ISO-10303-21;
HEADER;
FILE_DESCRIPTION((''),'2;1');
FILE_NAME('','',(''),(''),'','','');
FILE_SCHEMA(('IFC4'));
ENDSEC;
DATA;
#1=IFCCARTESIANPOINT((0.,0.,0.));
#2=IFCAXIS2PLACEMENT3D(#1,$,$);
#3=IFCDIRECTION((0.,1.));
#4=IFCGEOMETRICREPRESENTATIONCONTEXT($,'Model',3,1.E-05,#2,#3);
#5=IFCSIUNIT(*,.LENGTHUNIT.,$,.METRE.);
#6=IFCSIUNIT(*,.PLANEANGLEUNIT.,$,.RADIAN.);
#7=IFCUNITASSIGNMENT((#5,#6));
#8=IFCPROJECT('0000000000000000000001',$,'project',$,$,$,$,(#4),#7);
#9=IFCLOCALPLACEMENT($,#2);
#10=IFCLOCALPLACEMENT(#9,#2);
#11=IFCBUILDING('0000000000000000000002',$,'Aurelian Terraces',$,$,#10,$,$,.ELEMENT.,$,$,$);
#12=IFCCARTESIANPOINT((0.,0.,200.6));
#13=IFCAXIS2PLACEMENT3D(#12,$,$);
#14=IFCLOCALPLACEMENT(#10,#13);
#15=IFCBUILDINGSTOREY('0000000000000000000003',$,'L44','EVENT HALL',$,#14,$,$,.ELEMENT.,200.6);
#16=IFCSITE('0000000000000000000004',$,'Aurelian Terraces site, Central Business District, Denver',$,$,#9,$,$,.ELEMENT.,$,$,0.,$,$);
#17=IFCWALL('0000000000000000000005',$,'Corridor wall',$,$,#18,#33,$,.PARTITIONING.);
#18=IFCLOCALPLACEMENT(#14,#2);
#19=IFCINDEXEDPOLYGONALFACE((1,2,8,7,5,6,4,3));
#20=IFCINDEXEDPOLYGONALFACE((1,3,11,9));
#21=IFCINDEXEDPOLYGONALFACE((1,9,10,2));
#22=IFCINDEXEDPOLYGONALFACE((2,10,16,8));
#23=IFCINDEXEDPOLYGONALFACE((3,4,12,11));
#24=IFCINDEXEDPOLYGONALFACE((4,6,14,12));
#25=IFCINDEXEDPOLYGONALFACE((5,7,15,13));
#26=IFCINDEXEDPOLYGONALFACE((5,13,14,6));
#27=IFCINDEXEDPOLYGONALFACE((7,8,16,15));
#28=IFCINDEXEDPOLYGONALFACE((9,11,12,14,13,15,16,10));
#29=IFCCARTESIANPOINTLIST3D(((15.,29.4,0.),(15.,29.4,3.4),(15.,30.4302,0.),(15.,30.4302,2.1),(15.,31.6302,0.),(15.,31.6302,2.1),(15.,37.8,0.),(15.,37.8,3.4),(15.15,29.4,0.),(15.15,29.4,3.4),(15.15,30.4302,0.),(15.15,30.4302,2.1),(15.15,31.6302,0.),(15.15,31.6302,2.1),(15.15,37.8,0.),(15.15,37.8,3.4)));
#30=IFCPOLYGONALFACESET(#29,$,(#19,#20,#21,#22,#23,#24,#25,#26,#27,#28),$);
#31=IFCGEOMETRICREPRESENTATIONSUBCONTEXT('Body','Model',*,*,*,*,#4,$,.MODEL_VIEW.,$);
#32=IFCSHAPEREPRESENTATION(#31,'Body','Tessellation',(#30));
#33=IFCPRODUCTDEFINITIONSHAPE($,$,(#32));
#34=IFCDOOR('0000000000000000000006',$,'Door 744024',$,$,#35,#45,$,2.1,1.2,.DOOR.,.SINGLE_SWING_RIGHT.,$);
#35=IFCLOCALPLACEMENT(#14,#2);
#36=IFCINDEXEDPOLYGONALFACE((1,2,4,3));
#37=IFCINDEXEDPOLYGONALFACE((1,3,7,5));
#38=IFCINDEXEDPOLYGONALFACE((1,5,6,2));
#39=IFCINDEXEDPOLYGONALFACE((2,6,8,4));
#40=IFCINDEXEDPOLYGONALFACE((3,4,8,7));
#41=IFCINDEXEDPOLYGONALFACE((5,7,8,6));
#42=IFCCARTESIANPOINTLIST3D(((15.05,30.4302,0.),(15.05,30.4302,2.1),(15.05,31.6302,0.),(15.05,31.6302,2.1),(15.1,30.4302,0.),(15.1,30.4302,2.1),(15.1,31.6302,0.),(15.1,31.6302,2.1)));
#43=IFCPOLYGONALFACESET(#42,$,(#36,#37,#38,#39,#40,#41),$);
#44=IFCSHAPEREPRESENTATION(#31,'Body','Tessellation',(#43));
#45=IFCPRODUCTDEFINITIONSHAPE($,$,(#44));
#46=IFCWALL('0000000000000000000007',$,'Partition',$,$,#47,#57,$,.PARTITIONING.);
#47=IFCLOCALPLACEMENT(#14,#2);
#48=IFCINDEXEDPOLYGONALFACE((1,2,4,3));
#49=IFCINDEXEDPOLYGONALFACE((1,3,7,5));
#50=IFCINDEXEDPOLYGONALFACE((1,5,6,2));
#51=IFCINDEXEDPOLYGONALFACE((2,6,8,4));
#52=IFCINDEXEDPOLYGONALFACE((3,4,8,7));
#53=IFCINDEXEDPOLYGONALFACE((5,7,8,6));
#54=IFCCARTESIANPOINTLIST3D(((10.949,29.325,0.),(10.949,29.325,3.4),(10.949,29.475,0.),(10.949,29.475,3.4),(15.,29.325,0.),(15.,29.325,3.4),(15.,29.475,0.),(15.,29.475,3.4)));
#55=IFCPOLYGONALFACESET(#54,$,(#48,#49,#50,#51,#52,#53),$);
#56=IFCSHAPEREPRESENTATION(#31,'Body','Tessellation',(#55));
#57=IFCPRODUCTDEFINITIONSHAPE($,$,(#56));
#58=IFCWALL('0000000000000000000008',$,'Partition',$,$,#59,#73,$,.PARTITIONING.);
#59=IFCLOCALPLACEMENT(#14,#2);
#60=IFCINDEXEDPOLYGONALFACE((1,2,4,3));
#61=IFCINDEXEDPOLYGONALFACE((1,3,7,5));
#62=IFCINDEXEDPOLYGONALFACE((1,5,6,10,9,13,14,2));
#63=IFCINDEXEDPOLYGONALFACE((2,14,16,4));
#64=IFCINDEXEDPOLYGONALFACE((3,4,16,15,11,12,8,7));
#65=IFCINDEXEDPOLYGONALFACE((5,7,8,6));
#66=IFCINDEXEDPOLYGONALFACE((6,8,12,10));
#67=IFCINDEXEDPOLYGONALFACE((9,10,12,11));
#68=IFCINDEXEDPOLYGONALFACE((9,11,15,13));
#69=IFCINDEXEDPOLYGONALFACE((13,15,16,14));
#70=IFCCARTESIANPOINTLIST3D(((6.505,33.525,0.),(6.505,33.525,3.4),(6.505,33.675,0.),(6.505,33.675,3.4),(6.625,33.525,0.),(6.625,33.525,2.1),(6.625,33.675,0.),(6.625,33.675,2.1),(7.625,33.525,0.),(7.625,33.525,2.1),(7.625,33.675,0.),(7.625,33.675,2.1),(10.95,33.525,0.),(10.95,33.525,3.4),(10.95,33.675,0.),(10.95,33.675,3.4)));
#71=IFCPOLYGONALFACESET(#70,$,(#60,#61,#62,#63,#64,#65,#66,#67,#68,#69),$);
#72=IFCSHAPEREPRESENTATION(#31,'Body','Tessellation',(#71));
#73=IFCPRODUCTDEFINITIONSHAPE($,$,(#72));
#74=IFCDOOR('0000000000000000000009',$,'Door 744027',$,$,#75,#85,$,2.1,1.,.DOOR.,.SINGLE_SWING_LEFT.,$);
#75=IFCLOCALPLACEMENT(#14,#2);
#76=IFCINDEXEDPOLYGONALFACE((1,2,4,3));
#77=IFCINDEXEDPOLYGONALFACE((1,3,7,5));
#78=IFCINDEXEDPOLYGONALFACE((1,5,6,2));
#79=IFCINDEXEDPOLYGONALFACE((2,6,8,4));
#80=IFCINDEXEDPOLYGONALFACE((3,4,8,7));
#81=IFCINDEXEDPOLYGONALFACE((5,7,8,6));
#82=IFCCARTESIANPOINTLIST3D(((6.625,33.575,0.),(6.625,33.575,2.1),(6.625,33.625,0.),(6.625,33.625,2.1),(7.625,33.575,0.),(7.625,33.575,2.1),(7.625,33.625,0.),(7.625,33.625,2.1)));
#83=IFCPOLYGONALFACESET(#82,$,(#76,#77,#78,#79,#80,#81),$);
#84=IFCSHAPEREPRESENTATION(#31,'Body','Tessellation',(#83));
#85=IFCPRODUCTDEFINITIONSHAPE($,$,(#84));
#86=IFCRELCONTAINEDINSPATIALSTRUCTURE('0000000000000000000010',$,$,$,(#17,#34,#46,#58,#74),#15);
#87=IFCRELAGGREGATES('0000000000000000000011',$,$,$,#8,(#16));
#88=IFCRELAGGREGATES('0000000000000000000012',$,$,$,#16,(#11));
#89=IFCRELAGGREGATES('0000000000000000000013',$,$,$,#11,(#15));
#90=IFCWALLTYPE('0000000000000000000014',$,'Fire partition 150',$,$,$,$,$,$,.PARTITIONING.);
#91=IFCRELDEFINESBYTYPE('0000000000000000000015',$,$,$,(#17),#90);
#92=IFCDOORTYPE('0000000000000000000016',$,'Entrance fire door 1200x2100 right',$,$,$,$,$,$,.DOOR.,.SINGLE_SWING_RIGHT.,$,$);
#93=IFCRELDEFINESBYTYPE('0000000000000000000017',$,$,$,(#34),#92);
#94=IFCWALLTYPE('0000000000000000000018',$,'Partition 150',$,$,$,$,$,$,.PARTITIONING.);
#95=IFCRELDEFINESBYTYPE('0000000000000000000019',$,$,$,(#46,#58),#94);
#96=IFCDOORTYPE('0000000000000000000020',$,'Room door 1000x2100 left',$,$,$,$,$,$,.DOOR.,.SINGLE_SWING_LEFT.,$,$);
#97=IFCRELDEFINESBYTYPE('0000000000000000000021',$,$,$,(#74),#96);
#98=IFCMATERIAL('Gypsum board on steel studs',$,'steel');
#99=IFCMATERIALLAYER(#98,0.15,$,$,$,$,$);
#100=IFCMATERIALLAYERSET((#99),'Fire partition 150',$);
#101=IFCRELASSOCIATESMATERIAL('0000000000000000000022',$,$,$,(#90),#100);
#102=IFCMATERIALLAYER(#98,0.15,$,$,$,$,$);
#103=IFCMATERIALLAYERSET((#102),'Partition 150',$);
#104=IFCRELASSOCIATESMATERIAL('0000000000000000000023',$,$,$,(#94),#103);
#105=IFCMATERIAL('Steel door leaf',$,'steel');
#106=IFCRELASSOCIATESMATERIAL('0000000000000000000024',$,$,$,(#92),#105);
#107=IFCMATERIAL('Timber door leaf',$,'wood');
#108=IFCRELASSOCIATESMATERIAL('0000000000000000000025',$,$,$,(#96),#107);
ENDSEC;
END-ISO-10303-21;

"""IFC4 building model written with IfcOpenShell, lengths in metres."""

from ifc_helpers import new_model, si_unit, direction, frame, frame_2d, origin, place, context, subcontext, project, spatial, rectangle, extrude, source, transform, mapped, material, layer, layer_set, type_object, element, fill, save


model = new_model("IFC4")

# Units and contexts
model_context = context("Model", 3, precision=1e-05, world=origin(), true_north=direction((0.0, 1.0)))
body_context = subcontext(model_context, "Body", "Model", "MODEL_VIEW")
ifc_project = project(units=[si_unit("LENGTHUNIT", "METRE"), si_unit("PLANEANGLEUNIT", "RADIAN")], contexts=[model_context])

# Site, building, storey
site_placement = place(None, origin())
site = spatial("IfcSite", under=ifc_project, at=site_placement, Name="Aurelian Terraces site, Central Business District, Denver", CompositionType="ELEMENT", RefElevation=0.0)
building_placement = place(site_placement, origin())
building = spatial("IfcBuilding", under=site, at=building_placement, Name="Aurelian Terraces", CompositionType="ELEMENT")
storey_placement = place(building_placement, frame((0.0, 0.0, 200.6)))
storey = spatial("IfcBuildingStorey", under=building, at=storey_placement, Name="L44", Description="EVENT HALL", CompositionType="ELEMENT", Elevation=200.6)

# Shared definitions
ifc_material_1 = material(Name="Gypsum board on steel studs", Category="steel")
ifc_layer_1 = layer(ifc_material_1, 0.15)
ifc_layer_set_1 = layer_set([ifc_layer_1], Name="Fire partition 150")
wall_type_1 = type_object("IfcWallType", Name="Fire partition 150", PredefinedType="PARTITIONING", material=ifc_layer_set_1)
ifc_material_2 = material(Name="Timber door leaf", Category="wood")

# Shared definitions
ifc_layer_2 = layer(ifc_material_1, 0.15)
ifc_layer_set_2 = layer_set([ifc_layer_2], Name="Partition 150")
wall_type_2 = type_object("IfcWallType", Name="Partition 150", PredefinedType="PARTITIONING", material=ifc_layer_set_2)

# Shared definitions
shared_shape_1 = source(origin(), body_context, "Body", "SweptSolid", [
    extrude(rectangle(XDim=8.4, YDim=0.15, at=frame_2d((4.2, 0.0))), origin(), (0.0, 0.0, 1.0), 3.4),
])

# Wall, opening, door
wall_1_placement = place(storey_placement, frame((15.075, 29.4, 0.0), z_axis=(0.0, 0.0, 1.0), x_axis=(0.0, 1.0, 0.0)))
wall_1 = element("IfcWall", 1, at=wall_1_placement, inside=storey, type_object=wall_type_1, Name="Corridor wall", PredefinedType="PARTITIONING", context=body_context, shape_type="MappedRepresentation", body=[
    mapped(shared_shape_1, transform((0.0, 0.0, 0.0), scale=1.0)),
])
shared_shape_2 = source(origin(), body_context, "Body", "SweptSolid", [
    extrude(rectangle(XDim=1.2, YDim=2.1, at=frame_2d((0.6, 1.05))), frame((0.0, 0.085, 0.0), z_axis=(0.0, -1.0, 0.0), x_axis=(1.0, 0.0, 0.0)), (0.0, 0.0, 1.0), 0.17),
])
opening_1_placement = place(wall_1_placement, frame((1.0302, 0.0, 0.0)))
opening_1 = element("IfcOpeningElement", 2, at=opening_1_placement, cuts=wall_1, PredefinedType="OPENING", context=body_context, shape_type="MappedRepresentation", body=[
    mapped(shared_shape_2, transform((0.0, 0.0, 0.0), scale=1.0)),
])
ifc_material_3 = material(Name="Steel door leaf", Category="steel")
door_type_1 = type_object("IfcDoorType", Name="Entrance fire door 1200x2100 right", OperationType="SINGLE_SWING_RIGHT", PredefinedType="DOOR", material=ifc_material_3)
shared_shape_3 = source(origin(), body_context, "Body", "SweptSolid", [
    extrude(rectangle(XDim=1.2, YDim=2.1, at=frame_2d((0.6, 1.05))), frame((0.0, 0.025, 0.0), z_axis=(0.0, -1.0, 0.0), x_axis=(1.0, 0.0, 0.0)), (0.0, 0.0, 1.0), 0.05),
])
door_1_placement = place(opening_1_placement, origin())
door_1 = element("IfcDoor", 3, at=door_1_placement, inside=storey, type_object=door_type_1, Name="Door 744024", OperationType="SINGLE_SWING_RIGHT", OverallHeight=2.1, OverallWidth=1.2, PredefinedType="DOOR", context=body_context, shape_type="MappedRepresentation", body=[
    mapped(shared_shape_3, transform((0.0, 0.0, 0.0), scale=1.0)),
])
fill(opening_1, door_1)

# Wall
shared_shape_4 = source(origin(), body_context, "Body", "SweptSolid", [
    extrude(rectangle(XDim=4.051, YDim=0.15, at=frame_2d((2.0255, 0.0))), origin(), (0.0, 0.0, 1.0), 3.4),
])
wall_2_placement = place(storey_placement, frame((15.0, 29.4, 0.0), z_axis=(0.0, 0.0, 1.0), x_axis=(-1.0, 0.0, 0.0)))
element("IfcWall", 4, at=wall_2_placement, inside=storey, type_object=wall_type_2, Name="Partition", PredefinedType="PARTITIONING", context=body_context, shape_type="MappedRepresentation", body=[
    mapped(shared_shape_4, transform((0.0, 0.0, 0.0), scale=1.0)),
])

# Wall, opening, door
shared_shape_5 = source(origin(), body_context, "Body", "SweptSolid", [
    extrude(rectangle(XDim=4.445, YDim=0.15, at=frame_2d((2.2225, 0.0))), origin(), (0.0, 0.0, 1.0), 3.4),
])
wall_3_placement = place(storey_placement, frame((10.95, 33.6, 0.0), z_axis=(0.0, 0.0, 1.0), x_axis=(-1.0, 0.0, 0.0)))
wall_3 = element("IfcWall", 5, at=wall_3_placement, inside=storey, type_object=wall_type_2, Name="Partition", PredefinedType="PARTITIONING", context=body_context, shape_type="MappedRepresentation", body=[
    mapped(shared_shape_5, transform((0.0, 0.0, 0.0), scale=1.0)),
])
shared_shape_6 = source(origin(), body_context, "Body", "SweptSolid", [
    extrude(rectangle(XDim=1.0, YDim=2.1, at=frame_2d((0.5, 1.05))), frame((0.0, 0.085, 0.0), z_axis=(0.0, -1.0, 0.0), x_axis=(1.0, 0.0, 0.0)), (0.0, 0.0, 1.0), 0.17),
])
opening_2_placement = place(wall_3_placement, frame((3.325, 0.0, 0.0)))
opening_2 = element("IfcOpeningElement", 6, at=opening_2_placement, cuts=wall_3, PredefinedType="OPENING", context=body_context, shape_type="MappedRepresentation", body=[
    mapped(shared_shape_6, transform((0.0, 0.0, 0.0), scale=1.0)),
])
door_type_2 = type_object("IfcDoorType", Name="Room door 1000x2100 left", OperationType="SINGLE_SWING_LEFT", PredefinedType="DOOR", material=ifc_material_2)
shared_shape_7 = source(origin(), body_context, "Body", "SweptSolid", [
    extrude(rectangle(XDim=1.0, YDim=2.1, at=frame_2d((0.5, 1.05))), frame((0.0, 0.025, 0.0), z_axis=(0.0, -1.0, 0.0), x_axis=(1.0, 0.0, 0.0)), (0.0, 0.0, 1.0), 0.05),
])
door_2_placement = place(opening_2_placement, origin())
door_2 = element("IfcDoor", 7, at=door_2_placement, inside=storey, type_object=door_type_2, Name="Door 744027", OperationType="SINGLE_SWING_LEFT", OverallHeight=2.1, OverallWidth=1.0, PredefinedType="DOOR", context=body_context, shape_type="MappedRepresentation", body=[
    mapped(shared_shape_7, transform((0.0, 0.0, 0.0), scale=1.0)),
])
fill(opening_2, door_2)

save(model, "model.ifc")
